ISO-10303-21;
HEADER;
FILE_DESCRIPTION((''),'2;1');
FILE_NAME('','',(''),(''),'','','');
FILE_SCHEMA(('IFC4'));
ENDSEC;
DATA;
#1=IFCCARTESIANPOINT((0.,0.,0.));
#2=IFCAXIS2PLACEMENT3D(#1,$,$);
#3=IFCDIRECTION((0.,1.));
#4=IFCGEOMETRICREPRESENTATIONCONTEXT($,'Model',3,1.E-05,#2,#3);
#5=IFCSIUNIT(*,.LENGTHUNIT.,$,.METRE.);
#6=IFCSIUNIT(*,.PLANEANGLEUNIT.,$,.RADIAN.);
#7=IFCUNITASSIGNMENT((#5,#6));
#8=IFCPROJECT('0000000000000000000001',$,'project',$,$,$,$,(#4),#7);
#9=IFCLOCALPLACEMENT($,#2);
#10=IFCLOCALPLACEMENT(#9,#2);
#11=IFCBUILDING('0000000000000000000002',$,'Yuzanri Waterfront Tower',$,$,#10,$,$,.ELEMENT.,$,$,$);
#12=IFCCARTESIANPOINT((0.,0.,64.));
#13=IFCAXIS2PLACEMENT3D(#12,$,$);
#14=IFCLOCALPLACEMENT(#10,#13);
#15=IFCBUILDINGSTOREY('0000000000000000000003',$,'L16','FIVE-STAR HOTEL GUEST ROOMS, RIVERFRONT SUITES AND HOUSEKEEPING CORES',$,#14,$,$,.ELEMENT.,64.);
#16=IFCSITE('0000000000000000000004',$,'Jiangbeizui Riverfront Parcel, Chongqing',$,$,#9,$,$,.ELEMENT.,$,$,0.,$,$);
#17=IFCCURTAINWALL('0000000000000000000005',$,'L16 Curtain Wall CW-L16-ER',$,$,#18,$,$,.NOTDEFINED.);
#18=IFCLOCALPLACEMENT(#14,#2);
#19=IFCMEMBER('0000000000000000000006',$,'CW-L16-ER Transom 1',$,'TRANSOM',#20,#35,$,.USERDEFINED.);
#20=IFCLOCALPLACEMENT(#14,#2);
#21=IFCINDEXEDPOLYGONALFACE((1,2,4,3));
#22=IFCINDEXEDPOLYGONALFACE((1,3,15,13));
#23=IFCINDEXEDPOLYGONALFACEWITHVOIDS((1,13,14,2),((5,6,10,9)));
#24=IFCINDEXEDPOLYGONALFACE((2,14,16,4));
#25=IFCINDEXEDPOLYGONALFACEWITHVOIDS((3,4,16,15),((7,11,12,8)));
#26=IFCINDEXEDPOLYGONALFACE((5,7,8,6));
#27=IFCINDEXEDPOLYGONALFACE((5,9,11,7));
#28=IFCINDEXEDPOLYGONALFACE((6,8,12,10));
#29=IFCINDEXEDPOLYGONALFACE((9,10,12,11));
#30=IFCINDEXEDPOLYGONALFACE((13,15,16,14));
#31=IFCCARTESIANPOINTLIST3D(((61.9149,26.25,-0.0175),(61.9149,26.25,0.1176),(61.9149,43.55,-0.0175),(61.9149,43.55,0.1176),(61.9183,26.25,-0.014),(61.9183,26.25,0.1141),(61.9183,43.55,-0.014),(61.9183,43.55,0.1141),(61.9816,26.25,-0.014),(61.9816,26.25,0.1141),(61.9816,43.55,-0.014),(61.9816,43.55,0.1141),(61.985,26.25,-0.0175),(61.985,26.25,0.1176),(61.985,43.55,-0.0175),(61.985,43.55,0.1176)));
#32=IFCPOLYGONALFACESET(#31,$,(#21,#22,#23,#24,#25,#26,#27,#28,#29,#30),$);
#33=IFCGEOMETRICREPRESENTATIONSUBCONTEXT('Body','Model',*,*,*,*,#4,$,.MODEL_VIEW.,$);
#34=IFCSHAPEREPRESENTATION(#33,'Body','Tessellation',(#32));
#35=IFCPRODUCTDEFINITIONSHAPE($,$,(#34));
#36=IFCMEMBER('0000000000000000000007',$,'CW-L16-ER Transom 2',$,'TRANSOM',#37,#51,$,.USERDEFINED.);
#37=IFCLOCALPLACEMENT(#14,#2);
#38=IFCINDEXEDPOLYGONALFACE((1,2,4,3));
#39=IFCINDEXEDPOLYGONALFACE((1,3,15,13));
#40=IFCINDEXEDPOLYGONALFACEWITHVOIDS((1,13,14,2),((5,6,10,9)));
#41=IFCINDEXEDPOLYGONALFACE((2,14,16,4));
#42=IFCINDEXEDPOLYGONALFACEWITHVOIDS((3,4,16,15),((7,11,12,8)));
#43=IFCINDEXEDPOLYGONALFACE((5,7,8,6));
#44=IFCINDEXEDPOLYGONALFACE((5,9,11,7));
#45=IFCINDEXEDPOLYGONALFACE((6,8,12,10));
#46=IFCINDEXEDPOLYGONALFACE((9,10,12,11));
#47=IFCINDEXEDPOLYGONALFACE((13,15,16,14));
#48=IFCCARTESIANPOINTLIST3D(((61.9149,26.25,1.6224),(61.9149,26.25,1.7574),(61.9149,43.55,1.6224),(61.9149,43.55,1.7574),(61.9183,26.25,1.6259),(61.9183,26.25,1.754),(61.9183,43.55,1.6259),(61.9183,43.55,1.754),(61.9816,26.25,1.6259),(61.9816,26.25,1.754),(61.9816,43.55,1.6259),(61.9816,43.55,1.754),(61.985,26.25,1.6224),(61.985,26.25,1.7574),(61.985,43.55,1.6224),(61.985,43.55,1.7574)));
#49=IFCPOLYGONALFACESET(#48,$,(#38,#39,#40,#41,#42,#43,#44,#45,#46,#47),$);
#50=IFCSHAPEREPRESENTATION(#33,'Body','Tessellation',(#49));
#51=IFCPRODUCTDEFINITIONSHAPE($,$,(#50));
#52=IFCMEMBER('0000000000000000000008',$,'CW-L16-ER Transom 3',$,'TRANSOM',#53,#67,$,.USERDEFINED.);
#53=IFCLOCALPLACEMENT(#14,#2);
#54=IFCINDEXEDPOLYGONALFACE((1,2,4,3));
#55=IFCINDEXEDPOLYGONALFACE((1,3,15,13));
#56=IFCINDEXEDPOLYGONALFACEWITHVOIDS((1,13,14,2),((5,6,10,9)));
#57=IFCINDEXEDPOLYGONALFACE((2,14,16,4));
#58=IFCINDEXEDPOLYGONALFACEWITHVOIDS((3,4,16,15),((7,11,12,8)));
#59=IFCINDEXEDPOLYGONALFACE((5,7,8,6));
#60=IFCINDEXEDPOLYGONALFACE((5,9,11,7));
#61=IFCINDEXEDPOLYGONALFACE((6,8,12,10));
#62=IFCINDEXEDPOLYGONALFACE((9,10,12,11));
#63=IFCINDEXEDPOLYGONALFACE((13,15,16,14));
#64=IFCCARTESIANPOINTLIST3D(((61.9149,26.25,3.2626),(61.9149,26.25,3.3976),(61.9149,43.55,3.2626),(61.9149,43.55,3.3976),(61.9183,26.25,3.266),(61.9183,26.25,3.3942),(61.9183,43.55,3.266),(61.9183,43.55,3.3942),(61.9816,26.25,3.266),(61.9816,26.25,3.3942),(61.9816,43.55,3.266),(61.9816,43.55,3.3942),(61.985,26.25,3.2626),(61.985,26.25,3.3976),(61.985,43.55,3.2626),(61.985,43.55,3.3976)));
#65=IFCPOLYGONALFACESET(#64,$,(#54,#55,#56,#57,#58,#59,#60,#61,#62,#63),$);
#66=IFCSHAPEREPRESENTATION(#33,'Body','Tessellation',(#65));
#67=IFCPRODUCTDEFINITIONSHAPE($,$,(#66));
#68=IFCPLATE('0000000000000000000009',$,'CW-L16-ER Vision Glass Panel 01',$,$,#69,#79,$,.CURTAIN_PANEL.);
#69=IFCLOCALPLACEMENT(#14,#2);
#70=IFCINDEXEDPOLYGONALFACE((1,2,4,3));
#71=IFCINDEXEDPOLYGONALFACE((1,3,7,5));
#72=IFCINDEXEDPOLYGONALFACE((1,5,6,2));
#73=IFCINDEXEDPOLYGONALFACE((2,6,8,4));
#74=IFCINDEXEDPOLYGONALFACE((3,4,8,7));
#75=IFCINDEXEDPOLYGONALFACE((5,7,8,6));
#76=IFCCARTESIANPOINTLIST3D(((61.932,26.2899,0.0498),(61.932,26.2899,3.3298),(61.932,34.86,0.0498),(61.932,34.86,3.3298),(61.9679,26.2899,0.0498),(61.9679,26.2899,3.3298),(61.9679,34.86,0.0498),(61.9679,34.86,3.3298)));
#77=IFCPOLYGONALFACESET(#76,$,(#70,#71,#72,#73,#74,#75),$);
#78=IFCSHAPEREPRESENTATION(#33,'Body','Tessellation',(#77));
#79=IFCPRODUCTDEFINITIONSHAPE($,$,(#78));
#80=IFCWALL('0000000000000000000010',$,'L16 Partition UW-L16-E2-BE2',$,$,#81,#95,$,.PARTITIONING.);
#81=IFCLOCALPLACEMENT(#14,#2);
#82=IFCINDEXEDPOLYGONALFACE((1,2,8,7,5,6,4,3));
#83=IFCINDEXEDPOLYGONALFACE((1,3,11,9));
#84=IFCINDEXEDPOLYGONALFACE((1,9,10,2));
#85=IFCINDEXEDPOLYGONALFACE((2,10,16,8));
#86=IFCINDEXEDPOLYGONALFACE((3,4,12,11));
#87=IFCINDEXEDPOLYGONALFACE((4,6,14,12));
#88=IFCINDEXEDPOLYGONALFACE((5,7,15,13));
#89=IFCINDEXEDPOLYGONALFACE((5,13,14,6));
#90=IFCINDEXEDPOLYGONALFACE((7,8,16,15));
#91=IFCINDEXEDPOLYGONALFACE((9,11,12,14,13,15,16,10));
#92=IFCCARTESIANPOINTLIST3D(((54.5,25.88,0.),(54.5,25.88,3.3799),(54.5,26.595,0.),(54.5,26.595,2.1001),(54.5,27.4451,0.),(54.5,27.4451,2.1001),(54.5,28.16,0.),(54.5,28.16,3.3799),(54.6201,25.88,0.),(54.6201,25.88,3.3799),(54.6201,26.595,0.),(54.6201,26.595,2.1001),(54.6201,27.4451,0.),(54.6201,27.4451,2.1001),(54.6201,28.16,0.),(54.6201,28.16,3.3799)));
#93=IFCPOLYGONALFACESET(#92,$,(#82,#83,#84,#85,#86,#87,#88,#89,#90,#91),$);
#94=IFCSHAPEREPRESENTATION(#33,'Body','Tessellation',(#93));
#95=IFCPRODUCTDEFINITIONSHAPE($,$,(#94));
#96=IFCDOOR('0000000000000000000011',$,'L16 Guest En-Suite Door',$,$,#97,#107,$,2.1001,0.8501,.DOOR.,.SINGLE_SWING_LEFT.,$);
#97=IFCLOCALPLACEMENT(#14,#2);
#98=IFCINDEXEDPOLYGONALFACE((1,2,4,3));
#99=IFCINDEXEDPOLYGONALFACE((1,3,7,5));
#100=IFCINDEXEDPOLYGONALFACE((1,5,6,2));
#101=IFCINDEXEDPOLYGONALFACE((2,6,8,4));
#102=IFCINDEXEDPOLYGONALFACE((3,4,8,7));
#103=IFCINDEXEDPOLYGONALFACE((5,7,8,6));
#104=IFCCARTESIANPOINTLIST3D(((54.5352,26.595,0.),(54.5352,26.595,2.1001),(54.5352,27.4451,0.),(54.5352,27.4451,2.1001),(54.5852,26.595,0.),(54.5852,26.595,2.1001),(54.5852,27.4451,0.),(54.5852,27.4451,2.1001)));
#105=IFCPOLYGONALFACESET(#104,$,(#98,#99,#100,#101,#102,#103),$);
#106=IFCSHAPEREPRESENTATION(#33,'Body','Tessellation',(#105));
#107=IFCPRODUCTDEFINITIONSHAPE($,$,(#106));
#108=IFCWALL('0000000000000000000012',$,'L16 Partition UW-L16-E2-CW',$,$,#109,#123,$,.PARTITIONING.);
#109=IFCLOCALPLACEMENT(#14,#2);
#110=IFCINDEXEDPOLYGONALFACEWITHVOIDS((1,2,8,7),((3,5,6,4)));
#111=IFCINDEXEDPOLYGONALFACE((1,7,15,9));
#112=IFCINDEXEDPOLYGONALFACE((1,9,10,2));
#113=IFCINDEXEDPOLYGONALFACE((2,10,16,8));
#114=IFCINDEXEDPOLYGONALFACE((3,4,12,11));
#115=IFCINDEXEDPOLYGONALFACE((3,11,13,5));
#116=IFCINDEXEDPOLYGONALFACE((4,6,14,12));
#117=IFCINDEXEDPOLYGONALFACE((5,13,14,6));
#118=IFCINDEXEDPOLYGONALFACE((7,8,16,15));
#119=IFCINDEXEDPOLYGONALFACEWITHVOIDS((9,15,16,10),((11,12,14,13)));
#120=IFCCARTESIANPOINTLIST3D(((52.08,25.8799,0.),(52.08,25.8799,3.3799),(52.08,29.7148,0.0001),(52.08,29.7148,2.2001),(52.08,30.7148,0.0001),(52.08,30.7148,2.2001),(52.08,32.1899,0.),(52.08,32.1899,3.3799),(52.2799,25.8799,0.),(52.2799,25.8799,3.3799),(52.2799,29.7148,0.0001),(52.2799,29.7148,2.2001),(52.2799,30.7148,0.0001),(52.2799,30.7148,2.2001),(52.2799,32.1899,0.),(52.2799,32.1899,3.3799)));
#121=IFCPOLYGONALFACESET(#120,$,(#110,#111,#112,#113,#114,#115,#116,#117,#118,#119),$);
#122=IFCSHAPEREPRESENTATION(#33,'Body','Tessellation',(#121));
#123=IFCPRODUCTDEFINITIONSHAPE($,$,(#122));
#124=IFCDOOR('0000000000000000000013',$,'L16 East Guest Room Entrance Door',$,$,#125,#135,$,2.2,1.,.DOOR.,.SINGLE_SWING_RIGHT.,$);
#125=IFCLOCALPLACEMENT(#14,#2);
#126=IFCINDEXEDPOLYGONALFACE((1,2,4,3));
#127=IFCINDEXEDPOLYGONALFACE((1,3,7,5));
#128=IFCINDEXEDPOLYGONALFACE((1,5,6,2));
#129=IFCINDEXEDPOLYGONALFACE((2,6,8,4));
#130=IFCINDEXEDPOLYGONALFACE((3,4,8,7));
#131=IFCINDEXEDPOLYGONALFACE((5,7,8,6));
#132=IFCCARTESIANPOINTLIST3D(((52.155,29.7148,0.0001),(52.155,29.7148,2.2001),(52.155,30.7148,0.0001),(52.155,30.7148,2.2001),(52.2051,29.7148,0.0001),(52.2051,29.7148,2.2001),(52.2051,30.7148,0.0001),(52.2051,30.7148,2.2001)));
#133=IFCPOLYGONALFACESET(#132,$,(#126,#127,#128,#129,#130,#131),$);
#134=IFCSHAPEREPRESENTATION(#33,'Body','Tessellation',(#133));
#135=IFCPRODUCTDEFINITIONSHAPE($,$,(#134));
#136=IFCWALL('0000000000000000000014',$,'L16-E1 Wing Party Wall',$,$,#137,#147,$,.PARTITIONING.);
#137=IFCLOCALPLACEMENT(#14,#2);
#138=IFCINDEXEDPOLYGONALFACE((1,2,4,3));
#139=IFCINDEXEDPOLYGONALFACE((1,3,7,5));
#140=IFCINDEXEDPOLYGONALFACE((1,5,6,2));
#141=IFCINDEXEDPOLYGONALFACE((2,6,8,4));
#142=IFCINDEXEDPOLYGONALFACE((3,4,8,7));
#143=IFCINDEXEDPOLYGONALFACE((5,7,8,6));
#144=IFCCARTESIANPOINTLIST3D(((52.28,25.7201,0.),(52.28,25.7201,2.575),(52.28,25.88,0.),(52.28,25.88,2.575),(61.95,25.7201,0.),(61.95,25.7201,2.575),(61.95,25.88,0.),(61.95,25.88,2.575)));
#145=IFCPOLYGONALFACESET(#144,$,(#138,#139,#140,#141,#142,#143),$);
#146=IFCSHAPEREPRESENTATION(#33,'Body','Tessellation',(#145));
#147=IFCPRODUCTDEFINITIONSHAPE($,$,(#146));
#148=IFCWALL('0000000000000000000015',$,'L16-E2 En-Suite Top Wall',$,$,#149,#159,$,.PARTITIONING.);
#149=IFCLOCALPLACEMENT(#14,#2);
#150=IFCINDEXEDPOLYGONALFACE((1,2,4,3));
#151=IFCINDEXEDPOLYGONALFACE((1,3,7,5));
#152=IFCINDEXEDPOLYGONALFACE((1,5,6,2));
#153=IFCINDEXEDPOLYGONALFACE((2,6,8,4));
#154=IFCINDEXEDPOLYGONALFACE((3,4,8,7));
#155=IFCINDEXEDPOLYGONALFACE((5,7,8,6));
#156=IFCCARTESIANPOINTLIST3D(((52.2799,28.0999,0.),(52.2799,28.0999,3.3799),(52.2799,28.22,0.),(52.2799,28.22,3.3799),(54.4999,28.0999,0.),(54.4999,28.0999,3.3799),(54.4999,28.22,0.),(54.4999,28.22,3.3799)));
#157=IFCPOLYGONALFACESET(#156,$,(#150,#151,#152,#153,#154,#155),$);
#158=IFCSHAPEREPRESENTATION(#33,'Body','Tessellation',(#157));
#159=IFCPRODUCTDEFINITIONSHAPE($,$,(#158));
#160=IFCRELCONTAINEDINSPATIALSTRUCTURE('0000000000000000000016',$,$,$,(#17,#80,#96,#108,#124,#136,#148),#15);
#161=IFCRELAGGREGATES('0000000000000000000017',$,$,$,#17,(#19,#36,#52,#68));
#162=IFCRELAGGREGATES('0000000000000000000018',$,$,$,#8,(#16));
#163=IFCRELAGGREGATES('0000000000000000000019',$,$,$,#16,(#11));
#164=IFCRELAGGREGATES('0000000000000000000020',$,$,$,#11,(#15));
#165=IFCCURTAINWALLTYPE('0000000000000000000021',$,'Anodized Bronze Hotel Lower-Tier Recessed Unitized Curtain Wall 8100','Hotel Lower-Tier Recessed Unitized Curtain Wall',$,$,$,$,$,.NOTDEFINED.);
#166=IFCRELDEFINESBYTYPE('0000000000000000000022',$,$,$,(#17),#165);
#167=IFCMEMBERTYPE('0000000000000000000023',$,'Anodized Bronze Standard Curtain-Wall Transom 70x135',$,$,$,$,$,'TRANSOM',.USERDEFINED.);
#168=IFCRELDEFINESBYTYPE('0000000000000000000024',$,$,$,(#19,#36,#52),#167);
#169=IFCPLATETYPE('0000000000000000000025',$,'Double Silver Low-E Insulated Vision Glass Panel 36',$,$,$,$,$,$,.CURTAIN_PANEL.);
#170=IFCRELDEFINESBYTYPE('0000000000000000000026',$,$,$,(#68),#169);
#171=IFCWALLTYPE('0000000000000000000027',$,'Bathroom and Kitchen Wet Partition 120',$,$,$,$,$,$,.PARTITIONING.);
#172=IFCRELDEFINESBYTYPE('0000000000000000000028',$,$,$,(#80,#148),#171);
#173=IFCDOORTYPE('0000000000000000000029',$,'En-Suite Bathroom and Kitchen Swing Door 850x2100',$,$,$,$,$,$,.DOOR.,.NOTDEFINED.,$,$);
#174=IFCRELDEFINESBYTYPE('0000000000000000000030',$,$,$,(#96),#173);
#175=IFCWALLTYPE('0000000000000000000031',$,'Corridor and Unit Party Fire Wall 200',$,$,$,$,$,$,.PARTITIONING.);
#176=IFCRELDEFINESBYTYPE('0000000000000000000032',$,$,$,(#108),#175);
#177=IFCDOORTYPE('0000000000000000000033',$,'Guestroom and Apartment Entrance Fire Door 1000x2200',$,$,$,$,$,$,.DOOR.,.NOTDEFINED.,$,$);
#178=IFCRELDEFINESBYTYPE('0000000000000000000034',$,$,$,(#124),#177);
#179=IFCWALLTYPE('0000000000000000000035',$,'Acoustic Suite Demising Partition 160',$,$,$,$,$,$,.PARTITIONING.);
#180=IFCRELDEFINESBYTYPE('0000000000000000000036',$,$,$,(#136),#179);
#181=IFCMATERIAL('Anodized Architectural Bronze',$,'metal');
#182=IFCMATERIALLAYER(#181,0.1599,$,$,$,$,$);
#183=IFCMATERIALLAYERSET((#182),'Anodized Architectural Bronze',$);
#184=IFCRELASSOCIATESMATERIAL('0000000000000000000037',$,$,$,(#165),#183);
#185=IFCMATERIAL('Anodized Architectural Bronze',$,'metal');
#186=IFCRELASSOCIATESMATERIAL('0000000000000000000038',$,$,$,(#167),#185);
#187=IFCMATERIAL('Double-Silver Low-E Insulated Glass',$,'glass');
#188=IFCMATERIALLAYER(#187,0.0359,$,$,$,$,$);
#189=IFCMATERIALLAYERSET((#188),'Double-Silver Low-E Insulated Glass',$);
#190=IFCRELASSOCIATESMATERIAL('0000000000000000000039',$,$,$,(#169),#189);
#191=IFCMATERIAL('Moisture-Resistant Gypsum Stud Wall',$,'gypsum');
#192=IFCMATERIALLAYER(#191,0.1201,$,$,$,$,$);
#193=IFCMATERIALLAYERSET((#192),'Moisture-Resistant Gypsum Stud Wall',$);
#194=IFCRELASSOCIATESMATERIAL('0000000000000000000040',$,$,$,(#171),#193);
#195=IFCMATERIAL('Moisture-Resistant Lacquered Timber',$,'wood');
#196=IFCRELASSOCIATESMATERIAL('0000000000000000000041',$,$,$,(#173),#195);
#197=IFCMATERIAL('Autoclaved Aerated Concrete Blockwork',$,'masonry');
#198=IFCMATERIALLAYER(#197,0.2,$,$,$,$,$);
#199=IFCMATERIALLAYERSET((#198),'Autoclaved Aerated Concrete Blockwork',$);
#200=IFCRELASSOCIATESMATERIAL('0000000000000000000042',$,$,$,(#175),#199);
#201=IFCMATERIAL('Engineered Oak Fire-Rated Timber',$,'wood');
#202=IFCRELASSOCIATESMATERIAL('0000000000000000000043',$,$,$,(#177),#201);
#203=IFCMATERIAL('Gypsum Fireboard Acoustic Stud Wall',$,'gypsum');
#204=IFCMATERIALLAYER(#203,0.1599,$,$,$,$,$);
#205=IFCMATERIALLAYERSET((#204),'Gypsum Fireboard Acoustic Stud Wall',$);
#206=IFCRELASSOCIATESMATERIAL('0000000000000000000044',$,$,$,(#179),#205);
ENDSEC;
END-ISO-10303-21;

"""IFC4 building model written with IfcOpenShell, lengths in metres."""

from ifc_helpers import new_model, si_unit, direction, frame, frame_2d, origin, origin_2d, place, context, subcontext, project, spatial, rectangle, hollow_rectangle, extrude, source, transform, mapped, material, layer, layer_set, material_profile, profile_set, type_object, element, fill, aggregate, save


model = new_model("IFC4")

# Units and contexts
model_context = context("Model", 3, precision=1e-05, world=origin(), true_north=direction((0.0, 1.0)))
body_context = subcontext(model_context, "Body", "Model", "MODEL_VIEW")
ifc_project = project(units=[si_unit("LENGTHUNIT", "METRE"), si_unit("PLANEANGLEUNIT", "RADIAN")], contexts=[model_context])

# Site, building, storey
site_placement = place(None, origin())
site = spatial("IfcSite", under=ifc_project, at=site_placement, Name="Jiangbeizui Riverfront Parcel, Chongqing", CompositionType="ELEMENT", RefElevation=0.0)
building_placement = place(site_placement, origin())
building = spatial("IfcBuilding", under=site, at=building_placement, Name="Yuzanri Waterfront Tower", CompositionType="ELEMENT")
storey_placement = place(building_placement, frame((0.0, 0.0, 64.0)))
storey = spatial("IfcBuildingStorey", under=building, at=storey_placement, Name="L16", Description="FIVE-STAR HOTEL GUEST ROOMS, RIVERFRONT SUITES AND HOUSEKEEPING CORES", CompositionType="ELEMENT", Elevation=64.0)

# Shared definitions
ifc_material_1 = material(Name="Anodized Architectural Bronze", Category="metal")
ifc_layer_1 = layer(ifc_material_1, 0.1599)
ifc_layer_set_1 = layer_set([ifc_layer_1], Name="Anodized Architectural Bronze")
curtain_wall_type = type_object("IfcCurtainWallType", Name="Anodized Bronze Hotel Lower-Tier Recessed Unitized Curtain Wall 8100", Description="Hotel Lower-Tier Recessed Unitized Curtain Wall", PredefinedType="NOTDEFINED", material=ifc_layer_set_1)

# Curtain wall, members, plate
curtain_wall_1_placement = place(storey_placement, origin())
curtain_wall_1 = element("IfcCurtainWall", 1, at=curtain_wall_1_placement, inside=storey, type_object=curtain_wall_type, Name="L16 Curtain Wall CW-L16-ER", PredefinedType="NOTDEFINED")
ifc_material_2 = material(Name="Anodized Architectural Bronze", Category="metal")
ifc_material_profile_1 = material_profile(ifc_material_2, hollow_rectangle(XDim=0.0701, YDim=0.135, WallThickness=0.0034, at=origin_2d()), Name="CWT 70x135")
ifc_profile_set_1 = profile_set([ifc_material_profile_1], Name="Anodized Architectural Bronze")
member_type_1 = type_object("IfcMemberType", Name="Anodized Bronze Standard Curtain-Wall Transom 70x135", ElementType="TRANSOM", PredefinedType="USERDEFINED", material=ifc_profile_set_1)
shared_shape_1 = source(origin(), body_context, "Body", "SweptSolid", [
    extrude(hollow_rectangle(XDim=0.0701, YDim=0.135, WallThickness=0.0034, at=origin_2d()), origin(), (0.0, 0.0, 1.0), 17.3),
])
member_1_placement = place(storey_placement, frame((61.95, 26.25, 0.05), z_axis=(0.0, 1.0, 0.0), x_axis=(-1.0, 0.0, 0.0)))
member_1 = element("IfcMember", 2, at=member_1_placement, type_object=member_type_1, Name="CW-L16-ER Transom 1", ObjectType="TRANSOM", PredefinedType="USERDEFINED", context=body_context, shape_type="MappedRepresentation", body=[
    mapped(shared_shape_1, transform((0.0, 0.0, 0.0), scale=1.0)),
])
member_2_placement = place(storey_placement, frame((61.95, 26.25, 1.6899), z_axis=(0.0, 1.0, 0.0), x_axis=(-1.0, 0.0, 0.0)))
member_2 = element("IfcMember", 3, at=member_2_placement, type_object=member_type_1, Name="CW-L16-ER Transom 2", ObjectType="TRANSOM", PredefinedType="USERDEFINED", context=body_context, shape_type="MappedRepresentation", body=[
    mapped(shared_shape_1, transform((0.0, 0.0, 0.0), scale=1.0)),
])
member_3_placement = place(storey_placement, frame((61.95, 26.25, 3.3301), z_axis=(0.0, 1.0, 0.0), x_axis=(-1.0, 0.0, 0.0)))
member_3 = element("IfcMember", 4, at=member_3_placement, type_object=member_type_1, Name="CW-L16-ER Transom 3", ObjectType="TRANSOM", PredefinedType="USERDEFINED", context=body_context, shape_type="MappedRepresentation", body=[
    mapped(shared_shape_1, transform((0.0, 0.0, 0.0), scale=1.0)),
])
ifc_material_3 = material(Name="Double-Silver Low-E Insulated Glass", Category="glass")
ifc_layer_2 = layer(ifc_material_3, 0.0359)
ifc_layer_set_2 = layer_set([ifc_layer_2], Name="Double-Silver Low-E Insulated Glass")
plate_type = type_object("IfcPlateType", Name="Double Silver Low-E Insulated Vision Glass Panel 36", PredefinedType="CURTAIN_PANEL", material=ifc_layer_set_2)
shared_shape_2 = source(origin(), body_context, "Body", "SweptSolid", [
    extrude(rectangle(XDim=8.5701, YDim=0.0359, at=origin_2d()), origin(), (0.0, 0.0, 1.0), 3.28),
])
plate_placement = place(storey_placement, frame((61.95, 30.575, 0.0498), z_axis=(0.0, 0.0, 1.0), x_axis=(0.0, 1.0, 0.0)))
plate = element("IfcPlate", 5, at=plate_placement, type_object=plate_type, Name="CW-L16-ER Vision Glass Panel 01", PredefinedType="CURTAIN_PANEL", context=body_context, shape_type="MappedRepresentation", body=[
    mapped(shared_shape_2, transform((0.0, 0.0, 0.0), scale=1.0)),
])
aggregate(curtain_wall_1, [member_1, member_2, member_3, plate])

# Walls, openings, doors
ifc_material_4 = material(Name="Moisture-Resistant Gypsum Stud Wall", Category="gypsum")
ifc_layer_3 = layer(ifc_material_4, 0.1201)
ifc_layer_set_3 = layer_set([ifc_layer_3], Name="Moisture-Resistant Gypsum Stud Wall")
wall_type_1 = type_object("IfcWallType", Name="Bathroom and Kitchen Wet Partition 120", PredefinedType="PARTITIONING", material=ifc_layer_set_3)
wall_1_placement = place(storey_placement, frame((54.5601, 25.8799, 0.0), z_axis=(0.0, 0.0, 1.0), x_axis=(0.0, 1.0, 0.0)))
wall_1 = element("IfcWall", 6, at=wall_1_placement, inside=storey, type_object=wall_type_1, Name="L16 Partition UW-L16-E2-BE2", PredefinedType="PARTITIONING", context=body_context, shape_type="SweptSolid", body=[
    extrude(rectangle(XDim=2.28, YDim=0.1201, at=frame_2d((1.1401, 0.0))), origin(), (0.0, 0.0, 1.0), 3.3799),
])
opening_1_placement = place(wall_1_placement, frame((0.7151, 0.0, 0.0)))
opening_1 = element("IfcOpeningElement", 7, at=opening_1_placement, cuts=wall_1, PredefinedType="OPENING", context=body_context, shape_type="SweptSolid", body=[
    extrude(rectangle(XDim=0.8501, YDim=2.1001, at=frame_2d((0.425, 1.05))), frame((0.0, 0.075, 0.0), z_axis=(0.0, -1.0, 0.0), x_axis=(1.0, 0.0, 0.0)), (0.0, 0.0, 1.0), 0.1499),
])
ifc_material_5 = material(Name="Moisture-Resistant Lacquered Timber", Category="wood")
door_type_1 = type_object("IfcDoorType", Name="En-Suite Bathroom and Kitchen Swing Door 850x2100", OperationType="NOTDEFINED", PredefinedType="DOOR", material=ifc_material_5)
shared_shape_3 = source(origin(), body_context, "Body", "SweptSolid", [
    extrude(rectangle(XDim=0.8501, YDim=2.1001, at=frame_2d((0.425, 1.05))), frame((0.0, 0.0249, 0.0), z_axis=(0.0, -1.0, 0.0), x_axis=(1.0, 0.0, 0.0)), (0.0, 0.0, 1.0), 0.05),
])
door_1_placement = place(opening_1_placement, origin())
door_1 = element("IfcDoor", 8, at=door_1_placement, inside=storey, type_object=door_type_1, Name="L16 Guest En-Suite Door", OperationType="SINGLE_SWING_LEFT", OverallHeight=2.1001, OverallWidth=0.8501, PredefinedType="DOOR", context=body_context, shape_type="MappedRepresentation", body=[
    mapped(shared_shape_3, transform((0.0, 0.0, 0.0), scale=1.0)),
])
fill(opening_1, door_1)
ifc_material_6 = material(Name="Autoclaved Aerated Concrete Blockwork", Category="masonry")
ifc_layer_4 = layer(ifc_material_6, 0.2)
ifc_layer_set_4 = layer_set([ifc_layer_4], Name="Autoclaved Aerated Concrete Blockwork")
wall_type_2 = type_object("IfcWallType", Name="Corridor and Unit Party Fire Wall 200", PredefinedType="PARTITIONING", material=ifc_layer_set_4)
wall_2_placement = place(storey_placement, frame((52.1799, 25.8799, 0.0), z_axis=(0.0, 0.0, 1.0), x_axis=(0.0, 1.0, 0.0)))
wall_2 = element("IfcWall", 9, at=wall_2_placement, inside=storey, type_object=wall_type_2, Name="L16 Partition UW-L16-E2-CW", PredefinedType="PARTITIONING", context=body_context, shape_type="SweptSolid", body=[
    extrude(rectangle(XDim=6.3101, YDim=0.2, at=frame_2d((3.155, 0.0))), origin(), (0.0, 0.0, 1.0), 3.3799),
])
opening_2_placement = place(wall_2_placement, frame((3.835, 0.0, 0.0)))
opening_2 = element("IfcOpeningElement", 10, at=opening_2_placement, cuts=wall_2, PredefinedType="OPENING", context=body_context, shape_type="SweptSolid", body=[
    extrude(rectangle(XDim=1.0, YDim=2.2, at=frame_2d((0.5, 1.1001))), frame((0.0, 0.1147, 0.0), z_axis=(0.0, -1.0, 0.0), x_axis=(1.0, 0.0, 0.0)), (0.0, 0.0, 1.0), 0.2297),
])
ifc_material_7 = material(Name="Engineered Oak Fire-Rated Timber", Category="wood")
door_type_2 = type_object("IfcDoorType", Name="Guestroom and Apartment Entrance Fire Door 1000x2200", OperationType="NOTDEFINED", PredefinedType="DOOR", material=ifc_material_7)
shared_shape_4 = source(origin(), body_context, "Body", "SweptSolid", [
    extrude(rectangle(XDim=1.0, YDim=2.2, at=frame_2d((0.5, 1.1001))), frame((0.0, 0.0249, 0.0), z_axis=(0.0, -1.0, 0.0), x_axis=(1.0, 0.0, 0.0)), (0.0, 0.0, 1.0), 0.05),
])
door_2_placement = place(opening_2_placement, origin())
door_2 = element("IfcDoor", 11, at=door_2_placement, inside=storey, type_object=door_type_2, Name="L16 East Guest Room Entrance Door", OperationType="SINGLE_SWING_RIGHT", OverallHeight=2.2, OverallWidth=1.0, PredefinedType="DOOR", context=body_context, shape_type="MappedRepresentation", body=[
    mapped(shared_shape_4, transform((0.0, 0.0, 0.0), scale=1.0)),
])
fill(opening_2, door_2)

# Walls
ifc_material_8 = material(Name="Gypsum Fireboard Acoustic Stud Wall", Category="gypsum")
ifc_layer_5 = layer(ifc_material_8, 0.1599)
ifc_layer_set_5 = layer_set([ifc_layer_5], Name="Gypsum Fireboard Acoustic Stud Wall")
wall_type_3 = type_object("IfcWallType", Name="Acoustic Suite Demising Partition 160", PredefinedType="PARTITIONING", material=ifc_layer_set_5)
shared_shape_5 = source(origin(), body_context, "Body", "SweptSolid", [
    extrude(rectangle(XDim=9.6699, YDim=0.1599, at=frame_2d((4.835, 0.0))), origin(), (0.0, 0.0, 1.0), 2.575),
])
wall_3_placement = place(storey_placement, frame((52.28, 25.8, 0.0), z_axis=(0.0, 0.0, 1.0), x_axis=(1.0, 0.0, 0.0)))
element("IfcWall", 12, at=wall_3_placement, inside=storey, type_object=wall_type_3, Name="L16-E1 Wing Party Wall", PredefinedType="PARTITIONING", context=body_context, shape_type="MappedRepresentation", body=[
    mapped(shared_shape_5, transform((0.0, 0.0, 0.0), scale=1.0)),
])
shared_shape_6 = source(origin(), body_context, "Body", "SweptSolid", [
    extrude(rectangle(XDim=2.22, YDim=0.1201, at=frame_2d((1.1099, 0.0))), origin(), (0.0, 0.0, 1.0), 3.3799),
])
wall_4_placement = place(storey_placement, frame((52.28, 28.1599, 0.0), z_axis=(0.0, 0.0, 1.0), x_axis=(1.0, 0.0, 0.0)))
element("IfcWall", 13, at=wall_4_placement, inside=storey, type_object=wall_type_1, Name="L16-E2 En-Suite Top Wall", PredefinedType="PARTITIONING", context=body_context, shape_type="MappedRepresentation", body=[
    mapped(shared_shape_6, transform((0.0, 0.0, 0.0), scale=1.0)),
])

save(model, "model.ifc")
